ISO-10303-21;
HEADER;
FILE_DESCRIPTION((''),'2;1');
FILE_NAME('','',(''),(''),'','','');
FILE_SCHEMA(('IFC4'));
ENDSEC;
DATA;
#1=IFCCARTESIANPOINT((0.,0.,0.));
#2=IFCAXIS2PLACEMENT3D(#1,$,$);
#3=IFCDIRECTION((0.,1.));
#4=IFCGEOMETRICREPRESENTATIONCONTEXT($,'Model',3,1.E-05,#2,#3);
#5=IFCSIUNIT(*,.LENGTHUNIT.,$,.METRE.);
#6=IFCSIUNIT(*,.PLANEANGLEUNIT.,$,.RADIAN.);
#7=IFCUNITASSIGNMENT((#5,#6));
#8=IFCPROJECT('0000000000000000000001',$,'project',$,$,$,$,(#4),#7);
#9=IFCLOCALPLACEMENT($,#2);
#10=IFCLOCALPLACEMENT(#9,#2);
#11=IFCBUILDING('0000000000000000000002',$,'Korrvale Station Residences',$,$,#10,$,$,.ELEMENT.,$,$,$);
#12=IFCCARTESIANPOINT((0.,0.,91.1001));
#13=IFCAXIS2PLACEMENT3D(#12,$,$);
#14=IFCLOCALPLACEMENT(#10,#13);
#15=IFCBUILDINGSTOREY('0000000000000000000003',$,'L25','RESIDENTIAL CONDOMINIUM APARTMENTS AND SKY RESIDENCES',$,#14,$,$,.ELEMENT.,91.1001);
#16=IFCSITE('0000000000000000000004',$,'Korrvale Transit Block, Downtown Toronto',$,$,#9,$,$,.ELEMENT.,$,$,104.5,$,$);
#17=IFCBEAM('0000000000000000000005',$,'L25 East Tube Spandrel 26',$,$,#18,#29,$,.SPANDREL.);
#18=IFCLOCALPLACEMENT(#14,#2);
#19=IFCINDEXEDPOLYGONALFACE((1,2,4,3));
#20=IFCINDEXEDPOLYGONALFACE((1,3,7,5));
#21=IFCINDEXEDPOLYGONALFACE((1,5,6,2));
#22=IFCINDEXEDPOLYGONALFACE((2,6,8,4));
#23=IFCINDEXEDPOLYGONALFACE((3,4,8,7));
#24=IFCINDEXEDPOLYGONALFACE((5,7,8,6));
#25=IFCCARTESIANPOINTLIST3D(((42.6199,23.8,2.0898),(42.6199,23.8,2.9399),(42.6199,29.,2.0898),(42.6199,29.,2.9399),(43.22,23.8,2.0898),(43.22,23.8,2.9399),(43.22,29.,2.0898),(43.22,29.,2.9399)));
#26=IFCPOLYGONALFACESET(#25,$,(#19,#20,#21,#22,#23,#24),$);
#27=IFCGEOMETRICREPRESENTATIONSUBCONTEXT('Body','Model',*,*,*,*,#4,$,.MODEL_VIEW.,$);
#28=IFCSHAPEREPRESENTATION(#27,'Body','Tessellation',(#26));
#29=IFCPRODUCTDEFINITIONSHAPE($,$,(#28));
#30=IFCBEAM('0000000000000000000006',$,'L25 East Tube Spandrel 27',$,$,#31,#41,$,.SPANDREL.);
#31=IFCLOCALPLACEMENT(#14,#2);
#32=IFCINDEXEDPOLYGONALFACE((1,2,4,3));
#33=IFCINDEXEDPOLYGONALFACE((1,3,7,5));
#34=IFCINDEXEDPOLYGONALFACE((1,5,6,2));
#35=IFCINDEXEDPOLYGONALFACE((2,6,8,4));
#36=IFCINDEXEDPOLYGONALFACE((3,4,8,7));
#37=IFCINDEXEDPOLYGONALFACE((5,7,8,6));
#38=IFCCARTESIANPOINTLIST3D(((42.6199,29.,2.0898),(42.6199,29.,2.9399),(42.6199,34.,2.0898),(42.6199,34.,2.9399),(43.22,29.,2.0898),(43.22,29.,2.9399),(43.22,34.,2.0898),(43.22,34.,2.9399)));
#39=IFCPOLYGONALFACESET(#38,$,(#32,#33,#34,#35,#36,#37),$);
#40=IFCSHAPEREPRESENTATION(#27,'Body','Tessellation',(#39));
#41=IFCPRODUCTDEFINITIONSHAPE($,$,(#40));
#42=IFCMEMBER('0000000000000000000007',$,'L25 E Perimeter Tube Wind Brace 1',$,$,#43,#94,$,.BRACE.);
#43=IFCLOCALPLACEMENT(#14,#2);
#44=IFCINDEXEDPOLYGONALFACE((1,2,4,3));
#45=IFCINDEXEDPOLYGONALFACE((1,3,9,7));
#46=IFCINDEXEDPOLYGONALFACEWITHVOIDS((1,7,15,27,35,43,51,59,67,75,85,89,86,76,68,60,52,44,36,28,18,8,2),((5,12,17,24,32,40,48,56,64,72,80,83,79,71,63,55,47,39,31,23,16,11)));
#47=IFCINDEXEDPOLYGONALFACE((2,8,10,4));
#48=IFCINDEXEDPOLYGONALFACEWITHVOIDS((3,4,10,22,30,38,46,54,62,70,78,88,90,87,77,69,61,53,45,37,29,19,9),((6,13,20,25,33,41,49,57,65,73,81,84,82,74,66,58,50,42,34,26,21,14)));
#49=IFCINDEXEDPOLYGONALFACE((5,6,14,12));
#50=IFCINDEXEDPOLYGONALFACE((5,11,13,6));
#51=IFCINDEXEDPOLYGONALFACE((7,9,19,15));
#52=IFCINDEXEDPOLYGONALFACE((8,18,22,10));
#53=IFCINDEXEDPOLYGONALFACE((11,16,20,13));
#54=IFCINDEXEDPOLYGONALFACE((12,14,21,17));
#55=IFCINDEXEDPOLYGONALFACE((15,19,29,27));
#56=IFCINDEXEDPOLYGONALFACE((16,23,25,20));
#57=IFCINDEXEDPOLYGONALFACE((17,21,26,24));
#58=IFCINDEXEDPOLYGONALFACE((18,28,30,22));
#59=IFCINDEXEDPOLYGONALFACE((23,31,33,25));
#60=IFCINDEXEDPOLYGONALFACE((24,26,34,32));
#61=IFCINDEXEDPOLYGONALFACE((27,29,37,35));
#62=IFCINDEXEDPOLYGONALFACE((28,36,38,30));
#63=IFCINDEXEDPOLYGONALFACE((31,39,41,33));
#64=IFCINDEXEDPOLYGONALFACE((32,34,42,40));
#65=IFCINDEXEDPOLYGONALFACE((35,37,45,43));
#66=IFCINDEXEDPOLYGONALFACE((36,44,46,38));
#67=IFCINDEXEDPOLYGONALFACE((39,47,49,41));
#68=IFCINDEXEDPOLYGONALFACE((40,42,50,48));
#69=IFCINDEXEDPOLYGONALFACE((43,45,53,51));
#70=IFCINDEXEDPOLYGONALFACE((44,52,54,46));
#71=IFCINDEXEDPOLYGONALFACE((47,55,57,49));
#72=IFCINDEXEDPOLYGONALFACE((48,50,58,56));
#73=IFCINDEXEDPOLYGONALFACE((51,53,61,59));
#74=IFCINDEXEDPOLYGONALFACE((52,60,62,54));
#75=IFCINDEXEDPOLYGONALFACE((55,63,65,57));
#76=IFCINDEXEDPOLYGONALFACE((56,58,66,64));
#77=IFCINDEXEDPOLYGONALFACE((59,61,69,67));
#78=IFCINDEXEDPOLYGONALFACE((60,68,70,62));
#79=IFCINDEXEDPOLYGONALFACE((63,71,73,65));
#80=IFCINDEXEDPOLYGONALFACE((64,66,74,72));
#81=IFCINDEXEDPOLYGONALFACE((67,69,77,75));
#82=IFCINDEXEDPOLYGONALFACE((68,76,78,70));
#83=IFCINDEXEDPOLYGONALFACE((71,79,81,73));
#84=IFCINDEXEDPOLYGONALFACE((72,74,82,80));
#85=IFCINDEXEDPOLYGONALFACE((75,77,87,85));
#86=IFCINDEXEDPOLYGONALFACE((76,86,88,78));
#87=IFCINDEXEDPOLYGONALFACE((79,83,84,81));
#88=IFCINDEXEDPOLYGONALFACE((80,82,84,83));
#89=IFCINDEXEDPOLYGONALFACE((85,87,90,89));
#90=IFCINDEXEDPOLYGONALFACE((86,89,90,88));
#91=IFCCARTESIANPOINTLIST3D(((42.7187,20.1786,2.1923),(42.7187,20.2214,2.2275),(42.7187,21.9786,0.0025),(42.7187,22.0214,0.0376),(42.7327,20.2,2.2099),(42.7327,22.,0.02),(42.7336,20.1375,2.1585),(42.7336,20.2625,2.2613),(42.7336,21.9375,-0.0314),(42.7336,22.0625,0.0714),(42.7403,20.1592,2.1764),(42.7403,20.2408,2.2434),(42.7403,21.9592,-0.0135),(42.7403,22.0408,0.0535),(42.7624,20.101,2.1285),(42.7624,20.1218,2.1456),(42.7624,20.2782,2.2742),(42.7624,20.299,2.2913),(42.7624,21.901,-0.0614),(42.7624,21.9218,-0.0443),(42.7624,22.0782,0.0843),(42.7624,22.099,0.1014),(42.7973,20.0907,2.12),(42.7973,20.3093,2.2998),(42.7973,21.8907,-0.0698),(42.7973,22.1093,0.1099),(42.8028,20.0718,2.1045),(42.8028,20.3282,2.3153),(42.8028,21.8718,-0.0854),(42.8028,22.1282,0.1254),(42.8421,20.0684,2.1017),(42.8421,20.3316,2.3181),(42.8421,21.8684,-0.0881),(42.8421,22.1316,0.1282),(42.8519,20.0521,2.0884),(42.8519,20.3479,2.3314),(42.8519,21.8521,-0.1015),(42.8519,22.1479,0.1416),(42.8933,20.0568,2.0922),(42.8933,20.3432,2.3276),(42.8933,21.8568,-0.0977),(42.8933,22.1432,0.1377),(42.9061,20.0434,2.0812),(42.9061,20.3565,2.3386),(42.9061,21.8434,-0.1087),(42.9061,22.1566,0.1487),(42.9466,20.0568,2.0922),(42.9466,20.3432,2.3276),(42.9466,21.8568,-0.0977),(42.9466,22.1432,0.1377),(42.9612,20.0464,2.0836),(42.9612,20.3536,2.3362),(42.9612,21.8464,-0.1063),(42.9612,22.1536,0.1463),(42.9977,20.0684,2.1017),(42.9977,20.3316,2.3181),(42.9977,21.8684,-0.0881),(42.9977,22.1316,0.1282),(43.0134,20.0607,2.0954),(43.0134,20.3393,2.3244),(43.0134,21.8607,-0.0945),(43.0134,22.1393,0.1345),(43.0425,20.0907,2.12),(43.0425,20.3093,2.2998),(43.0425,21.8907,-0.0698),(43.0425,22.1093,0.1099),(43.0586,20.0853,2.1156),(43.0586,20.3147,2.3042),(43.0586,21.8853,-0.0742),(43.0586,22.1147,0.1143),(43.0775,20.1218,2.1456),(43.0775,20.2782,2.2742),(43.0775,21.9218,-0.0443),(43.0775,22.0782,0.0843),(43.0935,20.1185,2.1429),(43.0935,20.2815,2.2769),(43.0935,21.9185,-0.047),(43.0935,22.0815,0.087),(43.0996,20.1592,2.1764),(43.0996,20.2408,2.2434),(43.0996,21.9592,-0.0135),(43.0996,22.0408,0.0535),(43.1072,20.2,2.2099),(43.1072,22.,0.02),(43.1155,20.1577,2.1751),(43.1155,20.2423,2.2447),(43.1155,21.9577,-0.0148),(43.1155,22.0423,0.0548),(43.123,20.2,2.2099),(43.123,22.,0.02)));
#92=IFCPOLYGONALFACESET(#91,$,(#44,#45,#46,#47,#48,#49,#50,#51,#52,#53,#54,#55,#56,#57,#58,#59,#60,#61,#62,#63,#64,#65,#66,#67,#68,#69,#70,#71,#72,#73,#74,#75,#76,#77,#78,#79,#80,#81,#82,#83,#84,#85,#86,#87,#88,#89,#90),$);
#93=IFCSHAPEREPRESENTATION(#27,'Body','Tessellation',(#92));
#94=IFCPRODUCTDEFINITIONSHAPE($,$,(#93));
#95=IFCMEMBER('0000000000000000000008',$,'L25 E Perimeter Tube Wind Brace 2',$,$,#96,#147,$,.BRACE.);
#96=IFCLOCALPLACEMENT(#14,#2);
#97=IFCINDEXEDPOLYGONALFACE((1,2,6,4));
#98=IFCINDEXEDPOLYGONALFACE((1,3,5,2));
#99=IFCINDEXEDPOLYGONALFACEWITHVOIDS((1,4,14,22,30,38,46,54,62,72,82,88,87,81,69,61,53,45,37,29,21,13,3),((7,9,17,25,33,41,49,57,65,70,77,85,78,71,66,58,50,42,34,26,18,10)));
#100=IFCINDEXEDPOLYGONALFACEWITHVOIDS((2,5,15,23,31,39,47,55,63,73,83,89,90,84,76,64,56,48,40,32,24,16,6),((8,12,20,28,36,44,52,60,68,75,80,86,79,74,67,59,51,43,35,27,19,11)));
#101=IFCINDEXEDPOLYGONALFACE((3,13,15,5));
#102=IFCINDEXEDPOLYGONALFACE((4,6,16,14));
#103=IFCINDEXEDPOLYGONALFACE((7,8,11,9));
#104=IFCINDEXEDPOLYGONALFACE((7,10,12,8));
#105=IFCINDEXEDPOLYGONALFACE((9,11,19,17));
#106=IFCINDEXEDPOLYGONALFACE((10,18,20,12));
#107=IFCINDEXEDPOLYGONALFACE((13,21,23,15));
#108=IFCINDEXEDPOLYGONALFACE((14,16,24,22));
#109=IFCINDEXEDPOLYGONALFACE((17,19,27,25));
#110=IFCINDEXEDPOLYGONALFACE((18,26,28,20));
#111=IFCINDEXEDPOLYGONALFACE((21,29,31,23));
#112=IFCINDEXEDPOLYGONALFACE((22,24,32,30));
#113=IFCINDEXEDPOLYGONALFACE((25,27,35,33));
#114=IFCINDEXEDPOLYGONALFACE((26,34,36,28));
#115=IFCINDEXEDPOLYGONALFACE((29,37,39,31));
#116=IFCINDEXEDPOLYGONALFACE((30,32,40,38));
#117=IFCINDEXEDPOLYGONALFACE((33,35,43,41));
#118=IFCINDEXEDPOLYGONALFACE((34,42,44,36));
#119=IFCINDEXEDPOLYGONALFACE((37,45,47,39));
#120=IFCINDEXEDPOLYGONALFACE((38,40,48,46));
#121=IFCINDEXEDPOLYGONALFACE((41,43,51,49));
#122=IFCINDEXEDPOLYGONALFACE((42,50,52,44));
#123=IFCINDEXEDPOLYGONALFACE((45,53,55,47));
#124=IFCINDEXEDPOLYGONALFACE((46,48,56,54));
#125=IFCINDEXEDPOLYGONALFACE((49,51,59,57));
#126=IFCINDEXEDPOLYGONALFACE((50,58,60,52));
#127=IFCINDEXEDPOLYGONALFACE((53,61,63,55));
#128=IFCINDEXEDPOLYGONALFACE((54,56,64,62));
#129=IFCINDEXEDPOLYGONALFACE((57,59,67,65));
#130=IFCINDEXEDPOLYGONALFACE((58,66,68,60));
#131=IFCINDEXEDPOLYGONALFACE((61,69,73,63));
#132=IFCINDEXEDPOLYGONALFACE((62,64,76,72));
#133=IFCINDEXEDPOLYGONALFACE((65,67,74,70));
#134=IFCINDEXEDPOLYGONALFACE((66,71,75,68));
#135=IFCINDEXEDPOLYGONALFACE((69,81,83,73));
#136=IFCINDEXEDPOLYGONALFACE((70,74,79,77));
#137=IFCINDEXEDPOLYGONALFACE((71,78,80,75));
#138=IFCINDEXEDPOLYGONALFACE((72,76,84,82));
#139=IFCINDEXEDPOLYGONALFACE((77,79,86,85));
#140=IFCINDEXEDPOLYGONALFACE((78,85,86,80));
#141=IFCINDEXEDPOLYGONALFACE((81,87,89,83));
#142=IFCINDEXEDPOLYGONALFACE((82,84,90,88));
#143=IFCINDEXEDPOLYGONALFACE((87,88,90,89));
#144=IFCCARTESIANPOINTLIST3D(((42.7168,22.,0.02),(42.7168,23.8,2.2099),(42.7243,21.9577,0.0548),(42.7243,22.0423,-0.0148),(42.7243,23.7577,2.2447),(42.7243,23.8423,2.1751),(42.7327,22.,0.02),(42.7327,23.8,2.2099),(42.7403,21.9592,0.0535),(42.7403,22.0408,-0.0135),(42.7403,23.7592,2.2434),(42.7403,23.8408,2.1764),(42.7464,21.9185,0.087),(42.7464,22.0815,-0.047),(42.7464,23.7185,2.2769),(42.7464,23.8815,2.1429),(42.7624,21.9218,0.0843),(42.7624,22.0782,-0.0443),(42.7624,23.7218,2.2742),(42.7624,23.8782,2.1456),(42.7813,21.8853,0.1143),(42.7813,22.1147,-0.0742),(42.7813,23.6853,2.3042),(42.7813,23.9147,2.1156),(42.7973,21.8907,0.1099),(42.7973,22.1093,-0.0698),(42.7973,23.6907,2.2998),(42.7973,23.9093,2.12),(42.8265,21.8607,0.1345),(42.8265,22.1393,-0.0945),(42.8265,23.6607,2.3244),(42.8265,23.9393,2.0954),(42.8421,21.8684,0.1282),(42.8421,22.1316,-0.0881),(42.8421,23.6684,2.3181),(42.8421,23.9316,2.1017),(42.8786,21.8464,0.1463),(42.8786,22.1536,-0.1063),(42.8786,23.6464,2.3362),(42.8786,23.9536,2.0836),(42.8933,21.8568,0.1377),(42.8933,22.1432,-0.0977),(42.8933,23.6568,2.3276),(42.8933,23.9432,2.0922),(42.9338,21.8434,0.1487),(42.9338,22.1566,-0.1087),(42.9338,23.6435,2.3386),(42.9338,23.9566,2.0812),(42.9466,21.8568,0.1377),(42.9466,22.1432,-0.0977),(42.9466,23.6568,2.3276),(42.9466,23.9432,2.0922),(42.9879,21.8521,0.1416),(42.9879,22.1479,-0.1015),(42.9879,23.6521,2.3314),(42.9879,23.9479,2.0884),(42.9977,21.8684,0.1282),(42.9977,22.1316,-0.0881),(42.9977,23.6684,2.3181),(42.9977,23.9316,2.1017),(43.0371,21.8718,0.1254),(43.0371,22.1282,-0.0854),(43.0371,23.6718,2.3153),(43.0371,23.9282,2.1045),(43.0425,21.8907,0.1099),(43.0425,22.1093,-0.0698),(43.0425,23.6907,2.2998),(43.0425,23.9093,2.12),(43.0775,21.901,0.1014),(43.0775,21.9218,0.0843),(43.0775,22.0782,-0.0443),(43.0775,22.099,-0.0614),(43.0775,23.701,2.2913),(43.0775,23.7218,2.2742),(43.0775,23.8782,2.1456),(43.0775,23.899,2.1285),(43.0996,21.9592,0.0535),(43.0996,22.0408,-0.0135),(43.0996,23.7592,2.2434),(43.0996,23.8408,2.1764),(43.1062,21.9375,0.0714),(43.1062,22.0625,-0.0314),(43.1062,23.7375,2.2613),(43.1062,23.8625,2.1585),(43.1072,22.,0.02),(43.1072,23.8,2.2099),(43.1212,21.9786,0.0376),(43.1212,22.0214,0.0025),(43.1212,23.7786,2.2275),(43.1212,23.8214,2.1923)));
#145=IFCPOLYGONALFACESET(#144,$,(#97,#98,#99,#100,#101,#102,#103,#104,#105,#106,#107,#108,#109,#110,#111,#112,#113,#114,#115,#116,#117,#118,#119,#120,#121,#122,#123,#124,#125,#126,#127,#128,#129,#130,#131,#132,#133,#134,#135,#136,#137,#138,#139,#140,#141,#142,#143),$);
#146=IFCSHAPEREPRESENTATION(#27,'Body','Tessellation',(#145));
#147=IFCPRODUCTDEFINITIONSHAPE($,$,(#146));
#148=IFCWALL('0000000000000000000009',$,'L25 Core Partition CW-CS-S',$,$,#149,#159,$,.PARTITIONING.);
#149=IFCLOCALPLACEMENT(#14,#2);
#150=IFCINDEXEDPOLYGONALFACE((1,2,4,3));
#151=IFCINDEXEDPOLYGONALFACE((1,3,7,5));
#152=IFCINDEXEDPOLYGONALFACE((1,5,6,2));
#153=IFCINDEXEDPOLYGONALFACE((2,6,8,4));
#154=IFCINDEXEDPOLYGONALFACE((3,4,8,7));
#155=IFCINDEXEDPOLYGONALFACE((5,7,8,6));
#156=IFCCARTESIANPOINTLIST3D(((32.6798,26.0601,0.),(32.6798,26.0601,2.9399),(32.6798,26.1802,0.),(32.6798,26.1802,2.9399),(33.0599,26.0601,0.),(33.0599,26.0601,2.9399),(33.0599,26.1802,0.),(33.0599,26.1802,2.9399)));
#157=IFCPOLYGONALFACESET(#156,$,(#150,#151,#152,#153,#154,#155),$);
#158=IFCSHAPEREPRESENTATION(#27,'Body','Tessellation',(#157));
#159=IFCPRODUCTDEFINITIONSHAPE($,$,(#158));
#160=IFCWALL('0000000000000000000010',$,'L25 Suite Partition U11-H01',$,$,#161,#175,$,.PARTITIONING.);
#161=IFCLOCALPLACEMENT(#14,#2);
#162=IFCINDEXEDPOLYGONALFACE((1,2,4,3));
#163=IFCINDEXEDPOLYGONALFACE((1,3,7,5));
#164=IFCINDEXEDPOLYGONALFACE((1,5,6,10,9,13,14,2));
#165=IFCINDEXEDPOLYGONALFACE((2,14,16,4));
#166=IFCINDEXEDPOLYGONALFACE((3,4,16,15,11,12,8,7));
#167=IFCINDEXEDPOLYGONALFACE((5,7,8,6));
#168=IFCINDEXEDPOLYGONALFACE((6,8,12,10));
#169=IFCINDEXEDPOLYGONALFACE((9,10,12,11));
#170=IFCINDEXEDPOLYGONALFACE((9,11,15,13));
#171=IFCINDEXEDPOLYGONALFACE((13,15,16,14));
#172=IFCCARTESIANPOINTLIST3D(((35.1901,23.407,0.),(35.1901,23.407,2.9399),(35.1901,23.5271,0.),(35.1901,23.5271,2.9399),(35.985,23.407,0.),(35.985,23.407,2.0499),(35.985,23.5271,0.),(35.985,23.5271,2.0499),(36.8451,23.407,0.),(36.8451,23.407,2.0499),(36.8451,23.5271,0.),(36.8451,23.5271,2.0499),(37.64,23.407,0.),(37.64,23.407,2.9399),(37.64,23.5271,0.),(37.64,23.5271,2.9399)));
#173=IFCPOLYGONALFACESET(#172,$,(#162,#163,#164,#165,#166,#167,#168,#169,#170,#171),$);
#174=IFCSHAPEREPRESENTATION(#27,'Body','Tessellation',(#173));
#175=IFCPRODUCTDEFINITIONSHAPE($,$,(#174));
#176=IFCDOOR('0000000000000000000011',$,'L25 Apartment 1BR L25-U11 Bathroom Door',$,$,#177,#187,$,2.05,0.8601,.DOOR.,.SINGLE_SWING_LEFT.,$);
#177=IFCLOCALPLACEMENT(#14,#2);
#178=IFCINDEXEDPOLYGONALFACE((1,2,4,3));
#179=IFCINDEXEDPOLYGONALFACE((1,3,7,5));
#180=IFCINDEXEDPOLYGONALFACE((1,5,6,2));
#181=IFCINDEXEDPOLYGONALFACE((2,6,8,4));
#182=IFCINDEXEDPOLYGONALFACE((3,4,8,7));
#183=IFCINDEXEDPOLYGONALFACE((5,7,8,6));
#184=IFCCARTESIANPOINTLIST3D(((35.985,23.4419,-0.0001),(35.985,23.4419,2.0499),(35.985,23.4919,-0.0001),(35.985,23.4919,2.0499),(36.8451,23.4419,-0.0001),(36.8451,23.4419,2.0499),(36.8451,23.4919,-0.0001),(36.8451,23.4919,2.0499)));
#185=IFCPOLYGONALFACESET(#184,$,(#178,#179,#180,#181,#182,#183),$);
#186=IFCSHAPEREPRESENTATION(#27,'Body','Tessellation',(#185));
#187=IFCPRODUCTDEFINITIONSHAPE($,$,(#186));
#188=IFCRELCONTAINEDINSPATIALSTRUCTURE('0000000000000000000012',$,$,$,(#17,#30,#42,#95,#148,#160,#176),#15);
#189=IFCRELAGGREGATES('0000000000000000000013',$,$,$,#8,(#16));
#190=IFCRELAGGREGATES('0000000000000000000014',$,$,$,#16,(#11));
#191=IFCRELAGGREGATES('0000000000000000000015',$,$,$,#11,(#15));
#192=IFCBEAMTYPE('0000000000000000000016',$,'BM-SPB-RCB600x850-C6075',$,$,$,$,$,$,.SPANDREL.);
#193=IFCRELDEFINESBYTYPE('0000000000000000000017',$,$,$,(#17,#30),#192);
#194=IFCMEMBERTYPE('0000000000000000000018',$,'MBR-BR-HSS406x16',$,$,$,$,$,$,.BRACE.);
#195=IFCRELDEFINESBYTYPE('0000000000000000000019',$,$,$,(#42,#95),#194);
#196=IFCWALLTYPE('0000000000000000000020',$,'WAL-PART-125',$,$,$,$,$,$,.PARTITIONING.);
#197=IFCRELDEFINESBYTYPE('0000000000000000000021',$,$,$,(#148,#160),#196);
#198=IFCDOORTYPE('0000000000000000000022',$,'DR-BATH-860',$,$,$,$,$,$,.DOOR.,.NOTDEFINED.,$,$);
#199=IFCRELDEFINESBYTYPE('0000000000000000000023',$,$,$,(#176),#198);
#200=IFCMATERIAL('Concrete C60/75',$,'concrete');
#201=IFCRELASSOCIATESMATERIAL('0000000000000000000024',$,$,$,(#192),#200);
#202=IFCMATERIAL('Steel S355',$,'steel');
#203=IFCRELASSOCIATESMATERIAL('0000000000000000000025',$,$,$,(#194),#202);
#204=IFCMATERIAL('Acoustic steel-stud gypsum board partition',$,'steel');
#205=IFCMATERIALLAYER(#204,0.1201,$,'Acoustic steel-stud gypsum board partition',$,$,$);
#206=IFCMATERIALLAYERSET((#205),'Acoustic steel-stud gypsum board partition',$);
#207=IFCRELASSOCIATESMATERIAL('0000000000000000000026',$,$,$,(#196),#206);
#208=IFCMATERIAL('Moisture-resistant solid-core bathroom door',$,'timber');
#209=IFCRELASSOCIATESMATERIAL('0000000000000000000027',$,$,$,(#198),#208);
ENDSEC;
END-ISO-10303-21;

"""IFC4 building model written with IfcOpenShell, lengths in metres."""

from ifc_helpers import new_model, si_unit, direction, frame, frame_2d, origin, origin_2d, place, context, subcontext, project, spatial, rectangle, hollow_circle, extrude, material, layer, layer_set, material_profile, profile_set, type_object, element, fill, save


model = new_model("IFC4")

# Units and contexts
model_context = context("Model", 3, precision=1e-05, world=origin(), true_north=direction((0.0, 1.0)))
body_context = subcontext(model_context, "Body", "Model", "MODEL_VIEW")
ifc_project = project(units=[si_unit("LENGTHUNIT", "METRE"), si_unit("PLANEANGLEUNIT", "RADIAN")], contexts=[model_context])

# Site, building, storey
site_placement = place(None, origin())
site = spatial("IfcSite", under=ifc_project, at=site_placement, Name="Korrvale Transit Block, Downtown Toronto", CompositionType="ELEMENT", RefElevation=104.5)
building_placement = place(site_placement, origin())
building = spatial("IfcBuilding", under=site, at=building_placement, Name="Korrvale Station Residences", CompositionType="ELEMENT")
storey_placement = place(building_placement, frame((0.0, 0.0, 91.1001)))
storey = spatial("IfcBuildingStorey", under=building, at=storey_placement, Name="L25", Description="RESIDENTIAL CONDOMINIUM APARTMENTS AND SKY RESIDENCES", CompositionType="ELEMENT", Elevation=91.1001)

# Shared definitions
ifc_material_1 = material(Name="Concrete C60/75", Category="concrete")

# Beams
ifc_material_2 = material(Name="Steel S355", Category="steel")
ifc_material_profile_1 = material_profile(ifc_material_1, rectangle(XDim=0.6001, YDim=0.8501, at=origin_2d()), Name="RCB600x850")
ifc_profile_set_1 = profile_set([ifc_material_profile_1], Name="Concrete C60/75")
beam_type_1 = type_object("IfcBeamType", Name="BM-SPB-RCB600x850-C6075", PredefinedType="SPANDREL", material=ifc_profile_set_1)
beam_1_placement = place(storey_placement, frame((42.9199, 23.8, 2.5149), z_axis=(0.0, 1.0, 0.0), x_axis=(-1.0, 0.0, 0.0)))
element("IfcBeam", 1, at=beam_1_placement, inside=storey, type_object=beam_type_1, Name="L25 East Tube Spandrel 26", PredefinedType="SPANDREL", context=body_context, shape_type="SweptSolid", body=[
    extrude(rectangle(XDim=0.6001, YDim=0.8501, at=origin_2d()), origin(), (0.0, 0.0, 1.0), 5.2),
])
beam_2_placement = place(storey_placement, frame((42.9199, 29.0, 2.5149), z_axis=(0.0, 1.0, 0.0), x_axis=(-1.0, 0.0, 0.0)))
element("IfcBeam", 2, at=beam_2_placement, inside=storey, type_object=beam_type_1, Name="L25 East Tube Spandrel 27", PredefinedType="SPANDREL", context=body_context, shape_type="SweptSolid", body=[
    extrude(rectangle(XDim=0.6001, YDim=0.8501, at=origin_2d()), origin(), (0.0, 0.0, 1.0), 5.0),
])

# Members
ifc_material_profile_2 = material_profile(ifc_material_2, hollow_circle(Radius=0.2031, WallThickness=0.0159, at=origin_2d()), Name="HSS406x16")
ifc_profile_set_2 = profile_set([ifc_material_profile_2], Name="Steel S355")
member_type = type_object("IfcMemberType", Name="MBR-BR-HSS406x16", PredefinedType="BRACE", material=ifc_profile_set_2)
for number, where, z_axis, x_axis, name in (
    (3, (42.9199, 22.0, 0.02), (0.0, -0.634985, 0.772524), (1.0, 0.0, 0.0), "L25 E Perimeter Tube Wind Brace 1"),
    (4, (42.9199, 22.0, 0.02), (0.0, 0.634985, 0.772524), (-1.0, 0.0, 0.0), "L25 E Perimeter Tube Wind Brace 2"),
):
    element("IfcMember", number, at=place(storey_placement, frame(where, z_axis=z_axis, x_axis=x_axis)), inside=storey, type_object=member_type, Name=name, PredefinedType="BRACE", context=body_context, shape_type="SweptSolid", body=[
        extrude(hollow_circle(Radius=0.2031, WallThickness=0.0159, at=origin_2d()), origin(), (0.0, 0.0, 1.0), 2.8347),
    ])

# Wall
ifc_material_3 = material(Name="Acoustic steel-stud gypsum board partition", Category="steel")
ifc_layer_1 = layer(ifc_material_3, 0.1201, Name="Acoustic steel-stud gypsum board partition")
ifc_layer_set_1 = layer_set([ifc_layer_1], Name="Acoustic steel-stud gypsum board partition")
wall_type_1 = type_object("IfcWallType", Name="WAL-PART-125", PredefinedType="PARTITIONING", material=ifc_layer_set_1)
wall_1_placement = place(storey_placement, frame((32.6799, 26.1201, 0.0), z_axis=(0.0, 0.0, 1.0), x_axis=(1.0, 0.0, 0.0)))
element("IfcWall", 5, at=wall_1_placement, inside=storey, type_object=wall_type_1, Name="L25 Core Partition CW-CS-S", PredefinedType="PARTITIONING", context=body_context, shape_type="SweptSolid", body=[
    extrude(rectangle(XDim=0.3801, YDim=0.1201, at=frame_2d((0.1899, 0.0))), origin(), (0.0, 0.0, 1.0), 2.9399),
])

# Wall, opening, door
wall_2_placement = place(storey_placement, frame((35.1899, 23.467, 0.0), z_axis=(0.0, 0.0, 1.0), x_axis=(1.0, 0.0, 0.0)))
wall_2 = element("IfcWall", 6, at=wall_2_placement, inside=storey, type_object=wall_type_1, Name="L25 Suite Partition U11-H01", PredefinedType="PARTITIONING", context=body_context, shape_type="SweptSolid", body=[
    extrude(rectangle(XDim=2.45, YDim=0.1201, at=frame_2d((1.2251, 0.0))), origin(), (0.0, 0.0, 1.0), 2.9399),
])
opening_1_placement = place(wall_2_placement, frame((0.7949, 0.0, 0.0)))
opening_1 = element("IfcOpeningElement", 7, at=opening_1_placement, cuts=wall_2, PredefinedType="OPENING", context=body_context, shape_type="SweptSolid", body=[
    extrude(rectangle(XDim=0.8601, YDim=2.05, at=frame_2d((0.4302, 1.0249))), frame((0.0, 0.0701, 0.0), z_axis=(0.0, -1.0, 0.0), x_axis=(1.0, 0.0, 0.0)), (0.0, 0.0, 1.0), 0.1401),
])
ifc_material_4 = material(Name="Moisture-resistant solid-core bathroom door", Category="timber")
door_type_1 = type_object("IfcDoorType", Name="DR-BATH-860", OperationType="NOTDEFINED", PredefinedType="DOOR", material=ifc_material_4)
door_1_placement = place(opening_1_placement, origin())
door_1 = element("IfcDoor", 8, at=door_1_placement, inside=storey, type_object=door_type_1, Name="L25 Apartment 1BR L25-U11 Bathroom Door", OperationType="SINGLE_SWING_LEFT", OverallHeight=2.05, OverallWidth=0.8601, PredefinedType="DOOR", context=body_context, shape_type="SweptSolid", body=[
    extrude(rectangle(XDim=0.8601, YDim=2.05, at=frame_2d((0.4302, 1.0249))), frame((0.0, 0.0249, 0.0), z_axis=(0.0, -1.0, 0.0), x_axis=(1.0, 0.0, 0.0)), (0.0, 0.0, 1.0), 0.05),
])
fill(opening_1, door_1)

save(model, "model.ifc")
